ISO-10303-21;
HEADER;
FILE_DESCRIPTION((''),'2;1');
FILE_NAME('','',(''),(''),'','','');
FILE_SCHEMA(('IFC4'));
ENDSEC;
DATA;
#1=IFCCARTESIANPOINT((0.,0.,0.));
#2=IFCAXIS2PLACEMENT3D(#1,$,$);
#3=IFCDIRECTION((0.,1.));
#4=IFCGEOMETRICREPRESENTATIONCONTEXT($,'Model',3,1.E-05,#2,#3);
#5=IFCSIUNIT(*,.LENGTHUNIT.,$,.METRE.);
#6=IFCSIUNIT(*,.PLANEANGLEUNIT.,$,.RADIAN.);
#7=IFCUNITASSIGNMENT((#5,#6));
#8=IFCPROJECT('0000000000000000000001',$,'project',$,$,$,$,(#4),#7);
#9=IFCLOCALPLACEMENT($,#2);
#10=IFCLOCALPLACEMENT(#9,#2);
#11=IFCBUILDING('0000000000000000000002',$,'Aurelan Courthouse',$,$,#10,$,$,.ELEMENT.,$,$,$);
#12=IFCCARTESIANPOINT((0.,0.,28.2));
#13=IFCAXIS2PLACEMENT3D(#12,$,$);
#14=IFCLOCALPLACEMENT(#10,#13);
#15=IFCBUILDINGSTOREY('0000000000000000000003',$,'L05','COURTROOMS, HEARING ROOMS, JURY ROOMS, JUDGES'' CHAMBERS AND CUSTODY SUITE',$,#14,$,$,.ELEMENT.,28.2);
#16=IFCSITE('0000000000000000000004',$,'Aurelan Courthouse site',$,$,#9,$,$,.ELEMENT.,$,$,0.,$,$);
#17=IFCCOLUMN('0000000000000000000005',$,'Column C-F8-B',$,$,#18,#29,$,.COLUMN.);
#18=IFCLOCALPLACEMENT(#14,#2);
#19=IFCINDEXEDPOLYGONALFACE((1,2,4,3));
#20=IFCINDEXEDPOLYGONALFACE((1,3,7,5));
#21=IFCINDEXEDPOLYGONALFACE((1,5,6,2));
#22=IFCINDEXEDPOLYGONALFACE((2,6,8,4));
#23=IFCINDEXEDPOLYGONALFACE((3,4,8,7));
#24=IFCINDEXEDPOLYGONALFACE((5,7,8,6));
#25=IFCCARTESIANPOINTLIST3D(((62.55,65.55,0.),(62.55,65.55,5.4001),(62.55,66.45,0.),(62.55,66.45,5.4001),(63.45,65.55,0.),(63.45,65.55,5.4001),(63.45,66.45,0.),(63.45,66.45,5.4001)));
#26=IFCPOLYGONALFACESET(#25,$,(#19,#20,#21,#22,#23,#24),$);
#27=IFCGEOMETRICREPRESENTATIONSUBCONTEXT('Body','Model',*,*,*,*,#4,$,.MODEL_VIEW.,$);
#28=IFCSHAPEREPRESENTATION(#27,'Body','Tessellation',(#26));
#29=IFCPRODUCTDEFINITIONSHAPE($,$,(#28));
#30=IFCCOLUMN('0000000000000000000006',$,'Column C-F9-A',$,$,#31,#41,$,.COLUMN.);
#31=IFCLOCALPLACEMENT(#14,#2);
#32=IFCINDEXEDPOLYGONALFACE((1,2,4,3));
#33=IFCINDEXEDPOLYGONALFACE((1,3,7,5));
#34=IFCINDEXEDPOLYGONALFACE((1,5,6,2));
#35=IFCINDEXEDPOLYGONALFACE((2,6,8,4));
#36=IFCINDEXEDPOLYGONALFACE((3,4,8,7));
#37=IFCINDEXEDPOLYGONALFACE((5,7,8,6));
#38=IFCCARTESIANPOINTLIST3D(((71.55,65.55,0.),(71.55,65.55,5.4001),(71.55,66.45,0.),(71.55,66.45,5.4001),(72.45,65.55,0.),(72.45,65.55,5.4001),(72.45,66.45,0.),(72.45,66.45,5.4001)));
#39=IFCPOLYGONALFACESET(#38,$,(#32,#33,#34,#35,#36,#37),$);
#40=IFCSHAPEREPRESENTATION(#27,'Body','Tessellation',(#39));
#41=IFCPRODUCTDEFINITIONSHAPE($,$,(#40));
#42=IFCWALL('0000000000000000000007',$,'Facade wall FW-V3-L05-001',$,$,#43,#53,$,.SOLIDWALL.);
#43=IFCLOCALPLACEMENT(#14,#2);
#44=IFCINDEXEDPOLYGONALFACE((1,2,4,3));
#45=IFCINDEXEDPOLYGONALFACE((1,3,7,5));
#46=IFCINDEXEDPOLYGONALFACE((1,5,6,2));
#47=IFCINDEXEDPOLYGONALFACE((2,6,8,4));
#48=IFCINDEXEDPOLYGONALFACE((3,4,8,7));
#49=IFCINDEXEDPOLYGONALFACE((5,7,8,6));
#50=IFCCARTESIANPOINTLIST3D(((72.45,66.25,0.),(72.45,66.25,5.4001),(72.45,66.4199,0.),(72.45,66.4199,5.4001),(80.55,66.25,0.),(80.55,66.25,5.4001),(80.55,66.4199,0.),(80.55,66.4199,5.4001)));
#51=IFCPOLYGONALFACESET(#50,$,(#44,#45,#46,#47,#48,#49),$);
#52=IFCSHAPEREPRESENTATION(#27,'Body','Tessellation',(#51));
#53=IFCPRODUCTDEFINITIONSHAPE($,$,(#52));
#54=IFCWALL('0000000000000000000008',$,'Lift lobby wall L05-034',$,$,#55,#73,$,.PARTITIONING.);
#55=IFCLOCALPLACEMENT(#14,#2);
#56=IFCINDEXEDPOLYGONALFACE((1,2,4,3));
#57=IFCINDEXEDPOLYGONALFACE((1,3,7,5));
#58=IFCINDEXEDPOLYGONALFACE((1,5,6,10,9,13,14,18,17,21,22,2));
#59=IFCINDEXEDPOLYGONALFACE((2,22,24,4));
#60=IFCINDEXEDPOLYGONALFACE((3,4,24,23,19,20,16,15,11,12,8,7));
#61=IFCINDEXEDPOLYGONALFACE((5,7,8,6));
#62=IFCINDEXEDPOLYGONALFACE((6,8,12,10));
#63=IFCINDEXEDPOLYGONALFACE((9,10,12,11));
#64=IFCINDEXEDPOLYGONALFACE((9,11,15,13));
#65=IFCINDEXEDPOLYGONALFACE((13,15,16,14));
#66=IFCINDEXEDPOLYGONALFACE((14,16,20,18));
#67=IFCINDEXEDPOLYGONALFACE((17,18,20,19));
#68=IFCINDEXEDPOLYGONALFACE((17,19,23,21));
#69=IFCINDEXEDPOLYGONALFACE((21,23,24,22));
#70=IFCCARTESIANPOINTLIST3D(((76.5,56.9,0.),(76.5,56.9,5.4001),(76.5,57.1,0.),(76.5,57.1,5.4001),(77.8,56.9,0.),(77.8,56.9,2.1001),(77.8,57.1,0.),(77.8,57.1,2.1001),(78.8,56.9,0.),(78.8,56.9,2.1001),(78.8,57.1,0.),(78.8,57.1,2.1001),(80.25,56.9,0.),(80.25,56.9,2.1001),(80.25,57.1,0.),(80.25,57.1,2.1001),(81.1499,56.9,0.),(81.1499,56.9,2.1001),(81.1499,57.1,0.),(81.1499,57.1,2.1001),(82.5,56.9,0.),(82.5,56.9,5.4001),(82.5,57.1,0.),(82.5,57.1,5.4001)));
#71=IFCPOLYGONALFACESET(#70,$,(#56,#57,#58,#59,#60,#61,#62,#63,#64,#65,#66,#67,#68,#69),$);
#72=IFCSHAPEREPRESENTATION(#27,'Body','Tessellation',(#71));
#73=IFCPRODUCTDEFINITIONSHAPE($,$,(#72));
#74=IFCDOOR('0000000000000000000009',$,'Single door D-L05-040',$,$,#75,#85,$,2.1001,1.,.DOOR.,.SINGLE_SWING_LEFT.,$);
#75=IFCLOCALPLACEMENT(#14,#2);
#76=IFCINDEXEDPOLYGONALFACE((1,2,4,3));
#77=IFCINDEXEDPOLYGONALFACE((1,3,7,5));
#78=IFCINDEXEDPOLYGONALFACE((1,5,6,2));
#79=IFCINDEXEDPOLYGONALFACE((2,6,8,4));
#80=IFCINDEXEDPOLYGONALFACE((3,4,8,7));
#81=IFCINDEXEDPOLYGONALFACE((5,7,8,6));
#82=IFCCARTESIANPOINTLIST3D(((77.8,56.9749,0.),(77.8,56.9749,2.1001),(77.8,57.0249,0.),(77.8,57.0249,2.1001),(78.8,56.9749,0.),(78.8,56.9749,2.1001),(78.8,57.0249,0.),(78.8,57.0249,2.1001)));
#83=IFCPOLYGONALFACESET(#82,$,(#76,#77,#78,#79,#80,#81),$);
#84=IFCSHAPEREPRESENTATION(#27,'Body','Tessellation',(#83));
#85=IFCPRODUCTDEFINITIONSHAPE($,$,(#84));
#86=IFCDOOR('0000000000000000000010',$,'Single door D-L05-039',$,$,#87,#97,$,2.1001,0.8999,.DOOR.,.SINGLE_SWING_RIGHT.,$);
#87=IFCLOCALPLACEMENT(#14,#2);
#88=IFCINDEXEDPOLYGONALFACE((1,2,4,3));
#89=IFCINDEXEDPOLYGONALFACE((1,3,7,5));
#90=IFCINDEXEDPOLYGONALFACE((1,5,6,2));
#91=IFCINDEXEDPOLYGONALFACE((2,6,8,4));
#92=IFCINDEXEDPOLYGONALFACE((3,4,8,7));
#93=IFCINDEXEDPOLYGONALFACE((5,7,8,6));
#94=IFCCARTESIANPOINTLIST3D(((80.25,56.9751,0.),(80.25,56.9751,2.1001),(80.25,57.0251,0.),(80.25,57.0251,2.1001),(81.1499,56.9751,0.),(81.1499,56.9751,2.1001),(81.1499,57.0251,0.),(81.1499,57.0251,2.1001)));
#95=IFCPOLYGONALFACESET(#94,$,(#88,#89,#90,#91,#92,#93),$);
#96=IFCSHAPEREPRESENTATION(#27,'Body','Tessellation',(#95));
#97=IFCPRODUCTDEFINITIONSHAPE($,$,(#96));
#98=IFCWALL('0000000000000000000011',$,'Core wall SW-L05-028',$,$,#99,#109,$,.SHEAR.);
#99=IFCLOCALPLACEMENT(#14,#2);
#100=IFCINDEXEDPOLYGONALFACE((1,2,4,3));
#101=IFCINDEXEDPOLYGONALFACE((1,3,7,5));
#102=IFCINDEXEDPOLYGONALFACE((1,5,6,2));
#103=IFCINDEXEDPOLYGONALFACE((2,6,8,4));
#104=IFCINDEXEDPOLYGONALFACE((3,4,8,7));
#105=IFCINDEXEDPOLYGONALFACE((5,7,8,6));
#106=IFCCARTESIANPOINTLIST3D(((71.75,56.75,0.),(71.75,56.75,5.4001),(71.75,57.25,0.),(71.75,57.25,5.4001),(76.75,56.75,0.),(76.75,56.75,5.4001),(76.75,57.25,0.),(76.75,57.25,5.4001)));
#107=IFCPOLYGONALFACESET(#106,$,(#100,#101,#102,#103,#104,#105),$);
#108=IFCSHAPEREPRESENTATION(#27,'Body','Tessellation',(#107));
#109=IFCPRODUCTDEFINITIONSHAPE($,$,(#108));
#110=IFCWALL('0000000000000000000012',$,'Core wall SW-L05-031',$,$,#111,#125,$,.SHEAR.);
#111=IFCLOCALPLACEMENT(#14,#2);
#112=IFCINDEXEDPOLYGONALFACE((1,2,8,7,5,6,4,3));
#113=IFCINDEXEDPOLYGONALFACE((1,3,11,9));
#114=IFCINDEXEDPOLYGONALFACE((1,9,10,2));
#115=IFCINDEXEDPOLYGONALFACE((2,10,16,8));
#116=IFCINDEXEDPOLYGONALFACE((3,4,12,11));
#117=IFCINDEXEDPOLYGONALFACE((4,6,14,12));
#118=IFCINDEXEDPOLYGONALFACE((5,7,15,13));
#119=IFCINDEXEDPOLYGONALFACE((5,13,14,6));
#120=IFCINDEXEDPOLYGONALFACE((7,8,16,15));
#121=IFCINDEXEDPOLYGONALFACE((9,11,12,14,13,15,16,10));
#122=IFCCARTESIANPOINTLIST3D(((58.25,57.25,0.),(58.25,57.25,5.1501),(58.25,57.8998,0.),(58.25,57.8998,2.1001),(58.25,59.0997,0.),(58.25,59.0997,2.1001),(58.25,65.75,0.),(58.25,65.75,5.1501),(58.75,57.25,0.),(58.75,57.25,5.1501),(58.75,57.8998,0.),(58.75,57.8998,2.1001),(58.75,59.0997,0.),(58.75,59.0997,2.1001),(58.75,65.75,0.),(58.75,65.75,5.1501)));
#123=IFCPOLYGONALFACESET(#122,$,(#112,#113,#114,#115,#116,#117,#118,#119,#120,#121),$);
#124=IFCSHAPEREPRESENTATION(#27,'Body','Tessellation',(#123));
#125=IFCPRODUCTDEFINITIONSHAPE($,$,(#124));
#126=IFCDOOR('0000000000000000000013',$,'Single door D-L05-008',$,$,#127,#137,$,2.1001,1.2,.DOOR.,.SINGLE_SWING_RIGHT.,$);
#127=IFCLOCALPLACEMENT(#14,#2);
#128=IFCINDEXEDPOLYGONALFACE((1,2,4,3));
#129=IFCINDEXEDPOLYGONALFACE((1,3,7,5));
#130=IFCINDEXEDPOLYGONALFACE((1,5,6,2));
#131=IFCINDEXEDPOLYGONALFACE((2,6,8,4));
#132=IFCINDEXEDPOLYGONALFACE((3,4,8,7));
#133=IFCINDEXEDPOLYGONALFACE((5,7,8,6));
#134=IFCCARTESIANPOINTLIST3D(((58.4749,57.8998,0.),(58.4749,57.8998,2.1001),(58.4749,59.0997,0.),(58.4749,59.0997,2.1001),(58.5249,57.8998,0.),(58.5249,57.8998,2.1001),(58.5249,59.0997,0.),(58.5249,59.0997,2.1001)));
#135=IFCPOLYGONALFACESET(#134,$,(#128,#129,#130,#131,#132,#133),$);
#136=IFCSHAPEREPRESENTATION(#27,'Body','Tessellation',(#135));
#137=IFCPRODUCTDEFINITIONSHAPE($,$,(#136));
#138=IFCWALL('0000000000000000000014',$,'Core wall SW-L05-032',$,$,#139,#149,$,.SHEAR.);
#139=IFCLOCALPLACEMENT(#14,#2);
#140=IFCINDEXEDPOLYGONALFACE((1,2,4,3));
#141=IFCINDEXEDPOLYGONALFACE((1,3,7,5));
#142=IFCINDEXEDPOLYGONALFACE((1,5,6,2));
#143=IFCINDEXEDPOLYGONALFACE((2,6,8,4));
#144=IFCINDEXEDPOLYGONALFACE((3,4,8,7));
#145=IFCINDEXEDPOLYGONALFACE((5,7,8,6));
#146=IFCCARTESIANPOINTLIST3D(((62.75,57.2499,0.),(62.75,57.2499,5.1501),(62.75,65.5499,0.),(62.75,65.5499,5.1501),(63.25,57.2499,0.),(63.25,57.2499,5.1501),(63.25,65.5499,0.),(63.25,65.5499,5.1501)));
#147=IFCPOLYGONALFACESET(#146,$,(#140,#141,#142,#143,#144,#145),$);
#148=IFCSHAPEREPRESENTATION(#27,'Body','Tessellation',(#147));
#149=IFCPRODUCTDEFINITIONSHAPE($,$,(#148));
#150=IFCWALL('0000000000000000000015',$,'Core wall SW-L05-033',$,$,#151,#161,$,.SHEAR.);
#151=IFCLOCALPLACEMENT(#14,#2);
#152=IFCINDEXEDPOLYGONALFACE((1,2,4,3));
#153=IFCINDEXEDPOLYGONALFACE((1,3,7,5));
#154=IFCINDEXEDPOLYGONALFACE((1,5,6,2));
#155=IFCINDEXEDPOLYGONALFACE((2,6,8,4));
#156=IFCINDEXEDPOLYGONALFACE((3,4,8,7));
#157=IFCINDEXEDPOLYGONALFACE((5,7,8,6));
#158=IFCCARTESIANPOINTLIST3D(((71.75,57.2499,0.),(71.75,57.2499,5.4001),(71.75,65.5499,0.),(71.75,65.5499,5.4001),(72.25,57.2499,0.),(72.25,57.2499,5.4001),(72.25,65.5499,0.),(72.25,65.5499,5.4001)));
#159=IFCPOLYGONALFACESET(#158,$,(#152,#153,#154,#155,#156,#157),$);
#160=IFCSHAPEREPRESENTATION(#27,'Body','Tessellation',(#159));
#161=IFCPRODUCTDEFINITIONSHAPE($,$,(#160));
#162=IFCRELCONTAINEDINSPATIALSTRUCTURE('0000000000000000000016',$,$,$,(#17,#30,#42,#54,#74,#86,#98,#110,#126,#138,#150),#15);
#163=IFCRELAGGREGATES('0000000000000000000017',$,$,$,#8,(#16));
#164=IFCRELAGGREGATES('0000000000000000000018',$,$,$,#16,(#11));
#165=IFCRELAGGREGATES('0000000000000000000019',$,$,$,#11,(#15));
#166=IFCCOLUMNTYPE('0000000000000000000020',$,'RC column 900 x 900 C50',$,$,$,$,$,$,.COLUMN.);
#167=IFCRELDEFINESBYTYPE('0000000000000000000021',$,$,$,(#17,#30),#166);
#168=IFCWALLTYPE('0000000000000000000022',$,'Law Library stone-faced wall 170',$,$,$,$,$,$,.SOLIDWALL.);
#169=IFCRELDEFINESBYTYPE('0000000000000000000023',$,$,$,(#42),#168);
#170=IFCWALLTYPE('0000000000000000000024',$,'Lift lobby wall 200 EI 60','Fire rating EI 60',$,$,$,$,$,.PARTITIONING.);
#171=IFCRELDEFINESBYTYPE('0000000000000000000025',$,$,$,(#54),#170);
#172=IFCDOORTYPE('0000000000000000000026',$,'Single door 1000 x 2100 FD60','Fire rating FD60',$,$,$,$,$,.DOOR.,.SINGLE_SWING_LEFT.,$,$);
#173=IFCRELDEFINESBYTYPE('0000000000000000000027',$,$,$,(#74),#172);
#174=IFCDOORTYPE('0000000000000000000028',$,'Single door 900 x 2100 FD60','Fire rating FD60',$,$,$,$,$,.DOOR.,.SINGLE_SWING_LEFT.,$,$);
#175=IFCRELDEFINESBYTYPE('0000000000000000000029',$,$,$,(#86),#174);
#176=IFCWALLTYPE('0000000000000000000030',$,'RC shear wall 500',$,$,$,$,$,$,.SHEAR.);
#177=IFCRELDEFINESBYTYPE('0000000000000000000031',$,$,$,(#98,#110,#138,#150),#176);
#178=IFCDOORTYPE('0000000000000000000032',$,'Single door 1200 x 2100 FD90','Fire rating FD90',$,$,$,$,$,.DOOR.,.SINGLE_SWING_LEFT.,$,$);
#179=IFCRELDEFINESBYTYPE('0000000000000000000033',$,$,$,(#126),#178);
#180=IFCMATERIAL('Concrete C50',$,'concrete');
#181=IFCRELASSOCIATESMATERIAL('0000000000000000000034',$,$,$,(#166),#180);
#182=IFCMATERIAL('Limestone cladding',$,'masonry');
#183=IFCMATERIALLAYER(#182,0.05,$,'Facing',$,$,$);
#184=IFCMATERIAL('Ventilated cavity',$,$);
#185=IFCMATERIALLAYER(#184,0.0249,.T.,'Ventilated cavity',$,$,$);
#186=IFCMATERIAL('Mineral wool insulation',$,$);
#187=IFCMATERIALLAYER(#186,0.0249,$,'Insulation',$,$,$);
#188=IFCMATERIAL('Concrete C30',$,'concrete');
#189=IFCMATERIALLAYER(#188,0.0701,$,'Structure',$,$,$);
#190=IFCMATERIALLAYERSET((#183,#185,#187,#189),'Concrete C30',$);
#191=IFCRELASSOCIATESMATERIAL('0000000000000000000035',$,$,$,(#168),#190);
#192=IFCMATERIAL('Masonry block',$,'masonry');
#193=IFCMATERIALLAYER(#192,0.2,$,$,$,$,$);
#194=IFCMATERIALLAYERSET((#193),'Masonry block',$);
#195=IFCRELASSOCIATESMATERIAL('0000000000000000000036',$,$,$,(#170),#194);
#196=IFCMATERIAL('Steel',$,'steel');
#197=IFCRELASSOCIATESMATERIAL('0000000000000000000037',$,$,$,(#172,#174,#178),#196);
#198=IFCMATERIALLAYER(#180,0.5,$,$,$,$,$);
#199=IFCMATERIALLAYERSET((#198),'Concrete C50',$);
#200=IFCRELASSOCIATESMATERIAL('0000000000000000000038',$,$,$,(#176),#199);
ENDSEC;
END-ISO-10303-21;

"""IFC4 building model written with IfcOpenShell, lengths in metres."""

from ifc_helpers import new_model, si_unit, direction, frame, frame_2d, origin, origin_2d, place, context, subcontext, project, spatial, rectangle, extrude, material, layer, layer_set, material_profile, profile_set, type_object, element, fill, save


model = new_model("IFC4")

# Units and contexts
model_context = context("Model", 3, precision=1e-05, world=origin(), true_north=direction((0.0, 1.0)))
body_context = subcontext(model_context, "Body", "Model", "MODEL_VIEW")
ifc_project = project(units=[si_unit("LENGTHUNIT", "METRE"), si_unit("PLANEANGLEUNIT", "RADIAN")], contexts=[model_context])

# Site, building, storey
site_placement = place(None, origin())
site = spatial("IfcSite", under=ifc_project, at=site_placement, Name="Aurelan Courthouse site", CompositionType="ELEMENT", RefElevation=0.0)
building_placement = place(site_placement, origin())
building = spatial("IfcBuilding", under=site, at=building_placement, Name="Aurelan Courthouse", CompositionType="ELEMENT")
storey_placement = place(building_placement, frame((0.0, 0.0, 28.2)))
storey = spatial("IfcBuildingStorey", under=building, at=storey_placement, Name="L05", Description="COURTROOMS, HEARING ROOMS, JURY ROOMS, JUDGES' CHAMBERS AND CUSTODY SUITE", CompositionType="ELEMENT", Elevation=28.2)

# Columns
ifc_material_1 = material(Name="Concrete C50", Category="concrete")
ifc_material_profile = material_profile(ifc_material_1, rectangle(XDim=0.8999, YDim=0.8999, at=origin_2d()), Name="RC 900 x 900")
ifc_profile_set = profile_set([ifc_material_profile], Name="Concrete C50")
column_type = type_object("IfcColumnType", Name="RC column 900 x 900 C50", PredefinedType="COLUMN", material=ifc_profile_set)
for number, where, z_axis, x_axis, name in (
    (1, (63.0, 66.0, 0.0), (0.0, 0.0, 1.0), (1.0, 0.0, 0.0), "Column C-F8-B"),
    (2, (72.0, 66.0, 0.0), (0.0, 0.0, 1.0), (1.0, 0.0, 0.0), "Column C-F9-A"),
):
    element("IfcColumn", number, at=place(storey_placement, frame(where, z_axis=z_axis, x_axis=x_axis)), inside=storey, type_object=column_type, Name=name, PredefinedType="COLUMN", context=body_context, shape_type="SweptSolid", body=[
        extrude(rectangle(XDim=0.8999, YDim=0.8999, at=origin_2d()), origin(), (0.0, 0.0, 1.0), 5.4001),
    ])

# Wall
ifc_material_2 = material(Name="Limestone cladding", Category="masonry")
ifc_layer_1 = layer(ifc_material_2, 0.05, Name="Facing")
ifc_material_3 = material(Name="Ventilated cavity")
ifc_layer_2 = layer(ifc_material_3, 0.0249, ventilated=True, Name="Ventilated cavity")
ifc_material_4 = material(Name="Mineral wool insulation")
ifc_layer_3 = layer(ifc_material_4, 0.0249, Name="Insulation")
ifc_material_5 = material(Name="Concrete C30", Category="concrete")
ifc_layer_4 = layer(ifc_material_5, 0.0701, Name="Structure")
ifc_layer_set_1 = layer_set([ifc_layer_1, ifc_layer_2, ifc_layer_3, ifc_layer_4], Name="Concrete C30")
wall_type_1 = type_object("IfcWallType", Name="Law Library stone-faced wall 170", PredefinedType="SOLIDWALL", material=ifc_layer_set_1)
wall_1_placement = place(storey_placement, frame((72.45, 66.335, 0.0), z_axis=(0.0, 0.0, 1.0), x_axis=(1.0, 0.0, 0.0)))
element("IfcWall", 3, at=wall_1_placement, inside=storey, type_object=wall_type_1, Name="Facade wall FW-V3-L05-001", PredefinedType="SOLIDWALL", context=body_context, shape_type="SweptSolid", body=[
    extrude(rectangle(XDim=8.1001, YDim=0.1699, at=frame_2d((4.05, 0.0))), origin(), (0.0, 0.0, 1.0), 5.4001),
])

# Wall, openings, doors
ifc_material_6 = material(Name="Masonry block", Category="masonry")
ifc_layer_5 = layer(ifc_material_6, 0.2)
ifc_layer_set_2 = layer_set([ifc_layer_5], Name="Masonry block")
wall_type_2 = type_object("IfcWallType", Name="Lift lobby wall 200 EI 60", Description="Fire rating EI 60", PredefinedType="PARTITIONING", material=ifc_layer_set_2)
wall_2_placement = place(storey_placement, frame((76.5, 57.0, 0.0), z_axis=(0.0, 0.0, 1.0), x_axis=(1.0, 0.0, 0.0)))
wall_2 = element("IfcWall", 4, at=wall_2_placement, inside=storey, type_object=wall_type_2, Name="Lift lobby wall L05-034", PredefinedType="PARTITIONING", context=body_context, shape_type="SweptSolid", body=[
    extrude(rectangle(XDim=6.0, YDim=0.2, at=frame_2d((3.0, 0.0))), origin(), (0.0, 0.0, 1.0), 5.4001),
])
opening_1_placement = place(wall_2_placement, frame((4.6499, 0.0, 0.0), z_axis=(0.0, 0.0, 1.0), x_axis=(-1.0, 0.0, 0.0)))
opening_1 = element("IfcOpeningElement", 5, at=opening_1_placement, cuts=wall_2, PredefinedType="OPENING", context=body_context, shape_type="SweptSolid", body=[
    extrude(rectangle(XDim=0.8999, YDim=2.1001, at=frame_2d((0.45, 1.05))), frame((0.0, 0.1099, 0.0), z_axis=(0.0, -1.0, 0.0), x_axis=(1.0, 0.0, 0.0)), (0.0, 0.0, 1.0), 0.22),
])
opening_2_placement = place(wall_2_placement, frame((1.3, 0.0, 0.0)))
opening_2 = element("IfcOpeningElement", 6, at=opening_2_placement, cuts=wall_2, PredefinedType="OPENING", context=body_context, shape_type="SweptSolid", body=[
    extrude(rectangle(XDim=1.0, YDim=2.1001, at=frame_2d((0.5, 1.05))), frame((0.0, 0.1099, 0.0), z_axis=(0.0, -1.0, 0.0), x_axis=(1.0, 0.0, 0.0)), (0.0, 0.0, 1.0), 0.22),
])
ifc_material_7 = material(Name="Steel", Category="steel")
door_type_1 = type_object("IfcDoorType", Name="Single door 1000 x 2100 FD60", Description="Fire rating FD60", OperationType="SINGLE_SWING_LEFT", PredefinedType="DOOR", material=ifc_material_7)
door_1_placement = place(opening_2_placement, origin())
door_1 = element("IfcDoor", 7, at=door_1_placement, inside=storey, type_object=door_type_1, Name="Single door D-L05-040", OperationType="SINGLE_SWING_LEFT", OverallHeight=2.1001, OverallWidth=1.0, PredefinedType="DOOR", context=body_context, shape_type="SweptSolid", body=[
    extrude(rectangle(XDim=1.0, YDim=2.1001, at=frame_2d((0.5, 1.05))), frame((0.0, 0.0249, 0.0), z_axis=(0.0, -1.0, 0.0), x_axis=(1.0, 0.0, 0.0)), (0.0, 0.0, 1.0), 0.05),
])
fill(opening_2, door_1)
door_type_2 = type_object("IfcDoorType", Name="Single door 900 x 2100 FD60", Description="Fire rating FD60", OperationType="SINGLE_SWING_LEFT", PredefinedType="DOOR", material=ifc_material_7)
door_2_placement = place(opening_1_placement, origin())
door_2 = element("IfcDoor", 8, at=door_2_placement, inside=storey, type_object=door_type_2, Name="Single door D-L05-039", OperationType="SINGLE_SWING_RIGHT", OverallHeight=2.1001, OverallWidth=0.8999, PredefinedType="DOOR", context=body_context, shape_type="SweptSolid", body=[
    extrude(rectangle(XDim=0.8999, YDim=2.1001, at=frame_2d((0.45, 1.05))), frame((0.0, 0.0249, 0.0), z_axis=(0.0, -1.0, 0.0), x_axis=(1.0, 0.0, 0.0)), (0.0, 0.0, 1.0), 0.05),
])
fill(opening_1, door_2)

# Wall
ifc_layer_6 = layer(ifc_material_1, 0.5)
ifc_layer_set_3 = layer_set([ifc_layer_6], Name="Concrete C50")
wall_type_3 = type_object("IfcWallType", Name="RC shear wall 500", PredefinedType="SHEAR", material=ifc_layer_set_3)
wall_3_placement = place(storey_placement, frame((71.75, 57.0, 0.0), z_axis=(0.0, 0.0, 1.0), x_axis=(1.0, 0.0, 0.0)))
element("IfcWall", 9, at=wall_3_placement, inside=storey, type_object=wall_type_3, Name="Core wall SW-L05-028", PredefinedType="SHEAR", context=body_context, shape_type="SweptSolid", body=[
    extrude(rectangle(XDim=5.0, YDim=0.5, at=frame_2d((2.5, 0.0))), origin(), (0.0, 0.0, 1.0), 5.4001),
])

# Wall, opening, door
wall_4_placement = place(storey_placement, frame((58.5, 57.25, 0.0), z_axis=(0.0, 0.0, 1.0), x_axis=(0.0, 1.0, 0.0)))
wall_4 = element("IfcWall", 10, at=wall_4_placement, inside=storey, type_object=wall_type_3, Name="Core wall SW-L05-031", PredefinedType="SHEAR", context=body_context, shape_type="SweptSolid", body=[
    extrude(rectangle(XDim=8.5, YDim=0.5, at=frame_2d((4.25, 0.0))), origin(), (0.0, 0.0, 1.0), 5.1501),
])
opening_3_placement = place(wall_4_placement, frame((1.8499, 0.0, 0.0), z_axis=(0.0, 0.0, 1.0), x_axis=(-1.0, 0.0, 0.0)))
opening_3 = element("IfcOpeningElement", 11, at=opening_3_placement, cuts=wall_4, PredefinedType="OPENING", context=body_context, shape_type="SweptSolid", body=[
    extrude(rectangle(XDim=1.2, YDim=2.1001, at=frame_2d((0.6001, 1.05))), frame((0.0, 0.26, 0.0), z_axis=(0.0, -1.0, 0.0), x_axis=(1.0, 0.0, 0.0)), (0.0, 0.0, 1.0), 0.52),
])
door_type_3 = type_object("IfcDoorType", Name="Single door 1200 x 2100 FD90", Description="Fire rating FD90", OperationType="SINGLE_SWING_LEFT", PredefinedType="DOOR", material=ifc_material_7)
door_3_placement = place(opening_3_placement, origin())
door_3 = element("IfcDoor", 12, at=door_3_placement, inside=storey, type_object=door_type_3, Name="Single door D-L05-008", OperationType="SINGLE_SWING_RIGHT", OverallHeight=2.1001, OverallWidth=1.2, PredefinedType="DOOR", context=body_context, shape_type="SweptSolid", body=[
    extrude(rectangle(XDim=1.2, YDim=2.1001, at=frame_2d((0.6001, 1.05))), frame((0.0, 0.0249, 0.0), z_axis=(0.0, -1.0, 0.0), x_axis=(1.0, 0.0, 0.0)), (0.0, 0.0, 1.0), 0.05),
])
fill(opening_3, door_3)

# Walls
wall_5_placement = place(storey_placement, frame((63.0, 57.25, 0.0), z_axis=(0.0, 0.0, 1.0), x_axis=(0.0, 1.0, 0.0)))
element("IfcWall", 13, at=wall_5_placement, inside=storey, type_object=wall_type_3, Name="Core wall SW-L05-032", PredefinedType="SHEAR", context=body_context, shape_type="SweptSolid", body=[
    extrude(rectangle(XDim=8.3, YDim=0.5, at=frame_2d((4.1499, 0.0))), origin(), (0.0, 0.0, 1.0), 5.1501),
])
wall_6_placement = place(storey_placement, frame((72.0, 57.25, 0.0), z_axis=(0.0, 0.0, 1.0), x_axis=(0.0, 1.0, 0.0)))
element("IfcWall", 14, at=wall_6_placement, inside=storey, type_object=wall_type_3, Name="Core wall SW-L05-033", PredefinedType="SHEAR", context=body_context, shape_type="SweptSolid", body=[
    extrude(rectangle(XDim=8.3, YDim=0.5, at=frame_2d((4.1499, 0.0))), origin(), (0.0, 0.0, 1.0), 5.4001),
])

save(model, "model.ifc")
